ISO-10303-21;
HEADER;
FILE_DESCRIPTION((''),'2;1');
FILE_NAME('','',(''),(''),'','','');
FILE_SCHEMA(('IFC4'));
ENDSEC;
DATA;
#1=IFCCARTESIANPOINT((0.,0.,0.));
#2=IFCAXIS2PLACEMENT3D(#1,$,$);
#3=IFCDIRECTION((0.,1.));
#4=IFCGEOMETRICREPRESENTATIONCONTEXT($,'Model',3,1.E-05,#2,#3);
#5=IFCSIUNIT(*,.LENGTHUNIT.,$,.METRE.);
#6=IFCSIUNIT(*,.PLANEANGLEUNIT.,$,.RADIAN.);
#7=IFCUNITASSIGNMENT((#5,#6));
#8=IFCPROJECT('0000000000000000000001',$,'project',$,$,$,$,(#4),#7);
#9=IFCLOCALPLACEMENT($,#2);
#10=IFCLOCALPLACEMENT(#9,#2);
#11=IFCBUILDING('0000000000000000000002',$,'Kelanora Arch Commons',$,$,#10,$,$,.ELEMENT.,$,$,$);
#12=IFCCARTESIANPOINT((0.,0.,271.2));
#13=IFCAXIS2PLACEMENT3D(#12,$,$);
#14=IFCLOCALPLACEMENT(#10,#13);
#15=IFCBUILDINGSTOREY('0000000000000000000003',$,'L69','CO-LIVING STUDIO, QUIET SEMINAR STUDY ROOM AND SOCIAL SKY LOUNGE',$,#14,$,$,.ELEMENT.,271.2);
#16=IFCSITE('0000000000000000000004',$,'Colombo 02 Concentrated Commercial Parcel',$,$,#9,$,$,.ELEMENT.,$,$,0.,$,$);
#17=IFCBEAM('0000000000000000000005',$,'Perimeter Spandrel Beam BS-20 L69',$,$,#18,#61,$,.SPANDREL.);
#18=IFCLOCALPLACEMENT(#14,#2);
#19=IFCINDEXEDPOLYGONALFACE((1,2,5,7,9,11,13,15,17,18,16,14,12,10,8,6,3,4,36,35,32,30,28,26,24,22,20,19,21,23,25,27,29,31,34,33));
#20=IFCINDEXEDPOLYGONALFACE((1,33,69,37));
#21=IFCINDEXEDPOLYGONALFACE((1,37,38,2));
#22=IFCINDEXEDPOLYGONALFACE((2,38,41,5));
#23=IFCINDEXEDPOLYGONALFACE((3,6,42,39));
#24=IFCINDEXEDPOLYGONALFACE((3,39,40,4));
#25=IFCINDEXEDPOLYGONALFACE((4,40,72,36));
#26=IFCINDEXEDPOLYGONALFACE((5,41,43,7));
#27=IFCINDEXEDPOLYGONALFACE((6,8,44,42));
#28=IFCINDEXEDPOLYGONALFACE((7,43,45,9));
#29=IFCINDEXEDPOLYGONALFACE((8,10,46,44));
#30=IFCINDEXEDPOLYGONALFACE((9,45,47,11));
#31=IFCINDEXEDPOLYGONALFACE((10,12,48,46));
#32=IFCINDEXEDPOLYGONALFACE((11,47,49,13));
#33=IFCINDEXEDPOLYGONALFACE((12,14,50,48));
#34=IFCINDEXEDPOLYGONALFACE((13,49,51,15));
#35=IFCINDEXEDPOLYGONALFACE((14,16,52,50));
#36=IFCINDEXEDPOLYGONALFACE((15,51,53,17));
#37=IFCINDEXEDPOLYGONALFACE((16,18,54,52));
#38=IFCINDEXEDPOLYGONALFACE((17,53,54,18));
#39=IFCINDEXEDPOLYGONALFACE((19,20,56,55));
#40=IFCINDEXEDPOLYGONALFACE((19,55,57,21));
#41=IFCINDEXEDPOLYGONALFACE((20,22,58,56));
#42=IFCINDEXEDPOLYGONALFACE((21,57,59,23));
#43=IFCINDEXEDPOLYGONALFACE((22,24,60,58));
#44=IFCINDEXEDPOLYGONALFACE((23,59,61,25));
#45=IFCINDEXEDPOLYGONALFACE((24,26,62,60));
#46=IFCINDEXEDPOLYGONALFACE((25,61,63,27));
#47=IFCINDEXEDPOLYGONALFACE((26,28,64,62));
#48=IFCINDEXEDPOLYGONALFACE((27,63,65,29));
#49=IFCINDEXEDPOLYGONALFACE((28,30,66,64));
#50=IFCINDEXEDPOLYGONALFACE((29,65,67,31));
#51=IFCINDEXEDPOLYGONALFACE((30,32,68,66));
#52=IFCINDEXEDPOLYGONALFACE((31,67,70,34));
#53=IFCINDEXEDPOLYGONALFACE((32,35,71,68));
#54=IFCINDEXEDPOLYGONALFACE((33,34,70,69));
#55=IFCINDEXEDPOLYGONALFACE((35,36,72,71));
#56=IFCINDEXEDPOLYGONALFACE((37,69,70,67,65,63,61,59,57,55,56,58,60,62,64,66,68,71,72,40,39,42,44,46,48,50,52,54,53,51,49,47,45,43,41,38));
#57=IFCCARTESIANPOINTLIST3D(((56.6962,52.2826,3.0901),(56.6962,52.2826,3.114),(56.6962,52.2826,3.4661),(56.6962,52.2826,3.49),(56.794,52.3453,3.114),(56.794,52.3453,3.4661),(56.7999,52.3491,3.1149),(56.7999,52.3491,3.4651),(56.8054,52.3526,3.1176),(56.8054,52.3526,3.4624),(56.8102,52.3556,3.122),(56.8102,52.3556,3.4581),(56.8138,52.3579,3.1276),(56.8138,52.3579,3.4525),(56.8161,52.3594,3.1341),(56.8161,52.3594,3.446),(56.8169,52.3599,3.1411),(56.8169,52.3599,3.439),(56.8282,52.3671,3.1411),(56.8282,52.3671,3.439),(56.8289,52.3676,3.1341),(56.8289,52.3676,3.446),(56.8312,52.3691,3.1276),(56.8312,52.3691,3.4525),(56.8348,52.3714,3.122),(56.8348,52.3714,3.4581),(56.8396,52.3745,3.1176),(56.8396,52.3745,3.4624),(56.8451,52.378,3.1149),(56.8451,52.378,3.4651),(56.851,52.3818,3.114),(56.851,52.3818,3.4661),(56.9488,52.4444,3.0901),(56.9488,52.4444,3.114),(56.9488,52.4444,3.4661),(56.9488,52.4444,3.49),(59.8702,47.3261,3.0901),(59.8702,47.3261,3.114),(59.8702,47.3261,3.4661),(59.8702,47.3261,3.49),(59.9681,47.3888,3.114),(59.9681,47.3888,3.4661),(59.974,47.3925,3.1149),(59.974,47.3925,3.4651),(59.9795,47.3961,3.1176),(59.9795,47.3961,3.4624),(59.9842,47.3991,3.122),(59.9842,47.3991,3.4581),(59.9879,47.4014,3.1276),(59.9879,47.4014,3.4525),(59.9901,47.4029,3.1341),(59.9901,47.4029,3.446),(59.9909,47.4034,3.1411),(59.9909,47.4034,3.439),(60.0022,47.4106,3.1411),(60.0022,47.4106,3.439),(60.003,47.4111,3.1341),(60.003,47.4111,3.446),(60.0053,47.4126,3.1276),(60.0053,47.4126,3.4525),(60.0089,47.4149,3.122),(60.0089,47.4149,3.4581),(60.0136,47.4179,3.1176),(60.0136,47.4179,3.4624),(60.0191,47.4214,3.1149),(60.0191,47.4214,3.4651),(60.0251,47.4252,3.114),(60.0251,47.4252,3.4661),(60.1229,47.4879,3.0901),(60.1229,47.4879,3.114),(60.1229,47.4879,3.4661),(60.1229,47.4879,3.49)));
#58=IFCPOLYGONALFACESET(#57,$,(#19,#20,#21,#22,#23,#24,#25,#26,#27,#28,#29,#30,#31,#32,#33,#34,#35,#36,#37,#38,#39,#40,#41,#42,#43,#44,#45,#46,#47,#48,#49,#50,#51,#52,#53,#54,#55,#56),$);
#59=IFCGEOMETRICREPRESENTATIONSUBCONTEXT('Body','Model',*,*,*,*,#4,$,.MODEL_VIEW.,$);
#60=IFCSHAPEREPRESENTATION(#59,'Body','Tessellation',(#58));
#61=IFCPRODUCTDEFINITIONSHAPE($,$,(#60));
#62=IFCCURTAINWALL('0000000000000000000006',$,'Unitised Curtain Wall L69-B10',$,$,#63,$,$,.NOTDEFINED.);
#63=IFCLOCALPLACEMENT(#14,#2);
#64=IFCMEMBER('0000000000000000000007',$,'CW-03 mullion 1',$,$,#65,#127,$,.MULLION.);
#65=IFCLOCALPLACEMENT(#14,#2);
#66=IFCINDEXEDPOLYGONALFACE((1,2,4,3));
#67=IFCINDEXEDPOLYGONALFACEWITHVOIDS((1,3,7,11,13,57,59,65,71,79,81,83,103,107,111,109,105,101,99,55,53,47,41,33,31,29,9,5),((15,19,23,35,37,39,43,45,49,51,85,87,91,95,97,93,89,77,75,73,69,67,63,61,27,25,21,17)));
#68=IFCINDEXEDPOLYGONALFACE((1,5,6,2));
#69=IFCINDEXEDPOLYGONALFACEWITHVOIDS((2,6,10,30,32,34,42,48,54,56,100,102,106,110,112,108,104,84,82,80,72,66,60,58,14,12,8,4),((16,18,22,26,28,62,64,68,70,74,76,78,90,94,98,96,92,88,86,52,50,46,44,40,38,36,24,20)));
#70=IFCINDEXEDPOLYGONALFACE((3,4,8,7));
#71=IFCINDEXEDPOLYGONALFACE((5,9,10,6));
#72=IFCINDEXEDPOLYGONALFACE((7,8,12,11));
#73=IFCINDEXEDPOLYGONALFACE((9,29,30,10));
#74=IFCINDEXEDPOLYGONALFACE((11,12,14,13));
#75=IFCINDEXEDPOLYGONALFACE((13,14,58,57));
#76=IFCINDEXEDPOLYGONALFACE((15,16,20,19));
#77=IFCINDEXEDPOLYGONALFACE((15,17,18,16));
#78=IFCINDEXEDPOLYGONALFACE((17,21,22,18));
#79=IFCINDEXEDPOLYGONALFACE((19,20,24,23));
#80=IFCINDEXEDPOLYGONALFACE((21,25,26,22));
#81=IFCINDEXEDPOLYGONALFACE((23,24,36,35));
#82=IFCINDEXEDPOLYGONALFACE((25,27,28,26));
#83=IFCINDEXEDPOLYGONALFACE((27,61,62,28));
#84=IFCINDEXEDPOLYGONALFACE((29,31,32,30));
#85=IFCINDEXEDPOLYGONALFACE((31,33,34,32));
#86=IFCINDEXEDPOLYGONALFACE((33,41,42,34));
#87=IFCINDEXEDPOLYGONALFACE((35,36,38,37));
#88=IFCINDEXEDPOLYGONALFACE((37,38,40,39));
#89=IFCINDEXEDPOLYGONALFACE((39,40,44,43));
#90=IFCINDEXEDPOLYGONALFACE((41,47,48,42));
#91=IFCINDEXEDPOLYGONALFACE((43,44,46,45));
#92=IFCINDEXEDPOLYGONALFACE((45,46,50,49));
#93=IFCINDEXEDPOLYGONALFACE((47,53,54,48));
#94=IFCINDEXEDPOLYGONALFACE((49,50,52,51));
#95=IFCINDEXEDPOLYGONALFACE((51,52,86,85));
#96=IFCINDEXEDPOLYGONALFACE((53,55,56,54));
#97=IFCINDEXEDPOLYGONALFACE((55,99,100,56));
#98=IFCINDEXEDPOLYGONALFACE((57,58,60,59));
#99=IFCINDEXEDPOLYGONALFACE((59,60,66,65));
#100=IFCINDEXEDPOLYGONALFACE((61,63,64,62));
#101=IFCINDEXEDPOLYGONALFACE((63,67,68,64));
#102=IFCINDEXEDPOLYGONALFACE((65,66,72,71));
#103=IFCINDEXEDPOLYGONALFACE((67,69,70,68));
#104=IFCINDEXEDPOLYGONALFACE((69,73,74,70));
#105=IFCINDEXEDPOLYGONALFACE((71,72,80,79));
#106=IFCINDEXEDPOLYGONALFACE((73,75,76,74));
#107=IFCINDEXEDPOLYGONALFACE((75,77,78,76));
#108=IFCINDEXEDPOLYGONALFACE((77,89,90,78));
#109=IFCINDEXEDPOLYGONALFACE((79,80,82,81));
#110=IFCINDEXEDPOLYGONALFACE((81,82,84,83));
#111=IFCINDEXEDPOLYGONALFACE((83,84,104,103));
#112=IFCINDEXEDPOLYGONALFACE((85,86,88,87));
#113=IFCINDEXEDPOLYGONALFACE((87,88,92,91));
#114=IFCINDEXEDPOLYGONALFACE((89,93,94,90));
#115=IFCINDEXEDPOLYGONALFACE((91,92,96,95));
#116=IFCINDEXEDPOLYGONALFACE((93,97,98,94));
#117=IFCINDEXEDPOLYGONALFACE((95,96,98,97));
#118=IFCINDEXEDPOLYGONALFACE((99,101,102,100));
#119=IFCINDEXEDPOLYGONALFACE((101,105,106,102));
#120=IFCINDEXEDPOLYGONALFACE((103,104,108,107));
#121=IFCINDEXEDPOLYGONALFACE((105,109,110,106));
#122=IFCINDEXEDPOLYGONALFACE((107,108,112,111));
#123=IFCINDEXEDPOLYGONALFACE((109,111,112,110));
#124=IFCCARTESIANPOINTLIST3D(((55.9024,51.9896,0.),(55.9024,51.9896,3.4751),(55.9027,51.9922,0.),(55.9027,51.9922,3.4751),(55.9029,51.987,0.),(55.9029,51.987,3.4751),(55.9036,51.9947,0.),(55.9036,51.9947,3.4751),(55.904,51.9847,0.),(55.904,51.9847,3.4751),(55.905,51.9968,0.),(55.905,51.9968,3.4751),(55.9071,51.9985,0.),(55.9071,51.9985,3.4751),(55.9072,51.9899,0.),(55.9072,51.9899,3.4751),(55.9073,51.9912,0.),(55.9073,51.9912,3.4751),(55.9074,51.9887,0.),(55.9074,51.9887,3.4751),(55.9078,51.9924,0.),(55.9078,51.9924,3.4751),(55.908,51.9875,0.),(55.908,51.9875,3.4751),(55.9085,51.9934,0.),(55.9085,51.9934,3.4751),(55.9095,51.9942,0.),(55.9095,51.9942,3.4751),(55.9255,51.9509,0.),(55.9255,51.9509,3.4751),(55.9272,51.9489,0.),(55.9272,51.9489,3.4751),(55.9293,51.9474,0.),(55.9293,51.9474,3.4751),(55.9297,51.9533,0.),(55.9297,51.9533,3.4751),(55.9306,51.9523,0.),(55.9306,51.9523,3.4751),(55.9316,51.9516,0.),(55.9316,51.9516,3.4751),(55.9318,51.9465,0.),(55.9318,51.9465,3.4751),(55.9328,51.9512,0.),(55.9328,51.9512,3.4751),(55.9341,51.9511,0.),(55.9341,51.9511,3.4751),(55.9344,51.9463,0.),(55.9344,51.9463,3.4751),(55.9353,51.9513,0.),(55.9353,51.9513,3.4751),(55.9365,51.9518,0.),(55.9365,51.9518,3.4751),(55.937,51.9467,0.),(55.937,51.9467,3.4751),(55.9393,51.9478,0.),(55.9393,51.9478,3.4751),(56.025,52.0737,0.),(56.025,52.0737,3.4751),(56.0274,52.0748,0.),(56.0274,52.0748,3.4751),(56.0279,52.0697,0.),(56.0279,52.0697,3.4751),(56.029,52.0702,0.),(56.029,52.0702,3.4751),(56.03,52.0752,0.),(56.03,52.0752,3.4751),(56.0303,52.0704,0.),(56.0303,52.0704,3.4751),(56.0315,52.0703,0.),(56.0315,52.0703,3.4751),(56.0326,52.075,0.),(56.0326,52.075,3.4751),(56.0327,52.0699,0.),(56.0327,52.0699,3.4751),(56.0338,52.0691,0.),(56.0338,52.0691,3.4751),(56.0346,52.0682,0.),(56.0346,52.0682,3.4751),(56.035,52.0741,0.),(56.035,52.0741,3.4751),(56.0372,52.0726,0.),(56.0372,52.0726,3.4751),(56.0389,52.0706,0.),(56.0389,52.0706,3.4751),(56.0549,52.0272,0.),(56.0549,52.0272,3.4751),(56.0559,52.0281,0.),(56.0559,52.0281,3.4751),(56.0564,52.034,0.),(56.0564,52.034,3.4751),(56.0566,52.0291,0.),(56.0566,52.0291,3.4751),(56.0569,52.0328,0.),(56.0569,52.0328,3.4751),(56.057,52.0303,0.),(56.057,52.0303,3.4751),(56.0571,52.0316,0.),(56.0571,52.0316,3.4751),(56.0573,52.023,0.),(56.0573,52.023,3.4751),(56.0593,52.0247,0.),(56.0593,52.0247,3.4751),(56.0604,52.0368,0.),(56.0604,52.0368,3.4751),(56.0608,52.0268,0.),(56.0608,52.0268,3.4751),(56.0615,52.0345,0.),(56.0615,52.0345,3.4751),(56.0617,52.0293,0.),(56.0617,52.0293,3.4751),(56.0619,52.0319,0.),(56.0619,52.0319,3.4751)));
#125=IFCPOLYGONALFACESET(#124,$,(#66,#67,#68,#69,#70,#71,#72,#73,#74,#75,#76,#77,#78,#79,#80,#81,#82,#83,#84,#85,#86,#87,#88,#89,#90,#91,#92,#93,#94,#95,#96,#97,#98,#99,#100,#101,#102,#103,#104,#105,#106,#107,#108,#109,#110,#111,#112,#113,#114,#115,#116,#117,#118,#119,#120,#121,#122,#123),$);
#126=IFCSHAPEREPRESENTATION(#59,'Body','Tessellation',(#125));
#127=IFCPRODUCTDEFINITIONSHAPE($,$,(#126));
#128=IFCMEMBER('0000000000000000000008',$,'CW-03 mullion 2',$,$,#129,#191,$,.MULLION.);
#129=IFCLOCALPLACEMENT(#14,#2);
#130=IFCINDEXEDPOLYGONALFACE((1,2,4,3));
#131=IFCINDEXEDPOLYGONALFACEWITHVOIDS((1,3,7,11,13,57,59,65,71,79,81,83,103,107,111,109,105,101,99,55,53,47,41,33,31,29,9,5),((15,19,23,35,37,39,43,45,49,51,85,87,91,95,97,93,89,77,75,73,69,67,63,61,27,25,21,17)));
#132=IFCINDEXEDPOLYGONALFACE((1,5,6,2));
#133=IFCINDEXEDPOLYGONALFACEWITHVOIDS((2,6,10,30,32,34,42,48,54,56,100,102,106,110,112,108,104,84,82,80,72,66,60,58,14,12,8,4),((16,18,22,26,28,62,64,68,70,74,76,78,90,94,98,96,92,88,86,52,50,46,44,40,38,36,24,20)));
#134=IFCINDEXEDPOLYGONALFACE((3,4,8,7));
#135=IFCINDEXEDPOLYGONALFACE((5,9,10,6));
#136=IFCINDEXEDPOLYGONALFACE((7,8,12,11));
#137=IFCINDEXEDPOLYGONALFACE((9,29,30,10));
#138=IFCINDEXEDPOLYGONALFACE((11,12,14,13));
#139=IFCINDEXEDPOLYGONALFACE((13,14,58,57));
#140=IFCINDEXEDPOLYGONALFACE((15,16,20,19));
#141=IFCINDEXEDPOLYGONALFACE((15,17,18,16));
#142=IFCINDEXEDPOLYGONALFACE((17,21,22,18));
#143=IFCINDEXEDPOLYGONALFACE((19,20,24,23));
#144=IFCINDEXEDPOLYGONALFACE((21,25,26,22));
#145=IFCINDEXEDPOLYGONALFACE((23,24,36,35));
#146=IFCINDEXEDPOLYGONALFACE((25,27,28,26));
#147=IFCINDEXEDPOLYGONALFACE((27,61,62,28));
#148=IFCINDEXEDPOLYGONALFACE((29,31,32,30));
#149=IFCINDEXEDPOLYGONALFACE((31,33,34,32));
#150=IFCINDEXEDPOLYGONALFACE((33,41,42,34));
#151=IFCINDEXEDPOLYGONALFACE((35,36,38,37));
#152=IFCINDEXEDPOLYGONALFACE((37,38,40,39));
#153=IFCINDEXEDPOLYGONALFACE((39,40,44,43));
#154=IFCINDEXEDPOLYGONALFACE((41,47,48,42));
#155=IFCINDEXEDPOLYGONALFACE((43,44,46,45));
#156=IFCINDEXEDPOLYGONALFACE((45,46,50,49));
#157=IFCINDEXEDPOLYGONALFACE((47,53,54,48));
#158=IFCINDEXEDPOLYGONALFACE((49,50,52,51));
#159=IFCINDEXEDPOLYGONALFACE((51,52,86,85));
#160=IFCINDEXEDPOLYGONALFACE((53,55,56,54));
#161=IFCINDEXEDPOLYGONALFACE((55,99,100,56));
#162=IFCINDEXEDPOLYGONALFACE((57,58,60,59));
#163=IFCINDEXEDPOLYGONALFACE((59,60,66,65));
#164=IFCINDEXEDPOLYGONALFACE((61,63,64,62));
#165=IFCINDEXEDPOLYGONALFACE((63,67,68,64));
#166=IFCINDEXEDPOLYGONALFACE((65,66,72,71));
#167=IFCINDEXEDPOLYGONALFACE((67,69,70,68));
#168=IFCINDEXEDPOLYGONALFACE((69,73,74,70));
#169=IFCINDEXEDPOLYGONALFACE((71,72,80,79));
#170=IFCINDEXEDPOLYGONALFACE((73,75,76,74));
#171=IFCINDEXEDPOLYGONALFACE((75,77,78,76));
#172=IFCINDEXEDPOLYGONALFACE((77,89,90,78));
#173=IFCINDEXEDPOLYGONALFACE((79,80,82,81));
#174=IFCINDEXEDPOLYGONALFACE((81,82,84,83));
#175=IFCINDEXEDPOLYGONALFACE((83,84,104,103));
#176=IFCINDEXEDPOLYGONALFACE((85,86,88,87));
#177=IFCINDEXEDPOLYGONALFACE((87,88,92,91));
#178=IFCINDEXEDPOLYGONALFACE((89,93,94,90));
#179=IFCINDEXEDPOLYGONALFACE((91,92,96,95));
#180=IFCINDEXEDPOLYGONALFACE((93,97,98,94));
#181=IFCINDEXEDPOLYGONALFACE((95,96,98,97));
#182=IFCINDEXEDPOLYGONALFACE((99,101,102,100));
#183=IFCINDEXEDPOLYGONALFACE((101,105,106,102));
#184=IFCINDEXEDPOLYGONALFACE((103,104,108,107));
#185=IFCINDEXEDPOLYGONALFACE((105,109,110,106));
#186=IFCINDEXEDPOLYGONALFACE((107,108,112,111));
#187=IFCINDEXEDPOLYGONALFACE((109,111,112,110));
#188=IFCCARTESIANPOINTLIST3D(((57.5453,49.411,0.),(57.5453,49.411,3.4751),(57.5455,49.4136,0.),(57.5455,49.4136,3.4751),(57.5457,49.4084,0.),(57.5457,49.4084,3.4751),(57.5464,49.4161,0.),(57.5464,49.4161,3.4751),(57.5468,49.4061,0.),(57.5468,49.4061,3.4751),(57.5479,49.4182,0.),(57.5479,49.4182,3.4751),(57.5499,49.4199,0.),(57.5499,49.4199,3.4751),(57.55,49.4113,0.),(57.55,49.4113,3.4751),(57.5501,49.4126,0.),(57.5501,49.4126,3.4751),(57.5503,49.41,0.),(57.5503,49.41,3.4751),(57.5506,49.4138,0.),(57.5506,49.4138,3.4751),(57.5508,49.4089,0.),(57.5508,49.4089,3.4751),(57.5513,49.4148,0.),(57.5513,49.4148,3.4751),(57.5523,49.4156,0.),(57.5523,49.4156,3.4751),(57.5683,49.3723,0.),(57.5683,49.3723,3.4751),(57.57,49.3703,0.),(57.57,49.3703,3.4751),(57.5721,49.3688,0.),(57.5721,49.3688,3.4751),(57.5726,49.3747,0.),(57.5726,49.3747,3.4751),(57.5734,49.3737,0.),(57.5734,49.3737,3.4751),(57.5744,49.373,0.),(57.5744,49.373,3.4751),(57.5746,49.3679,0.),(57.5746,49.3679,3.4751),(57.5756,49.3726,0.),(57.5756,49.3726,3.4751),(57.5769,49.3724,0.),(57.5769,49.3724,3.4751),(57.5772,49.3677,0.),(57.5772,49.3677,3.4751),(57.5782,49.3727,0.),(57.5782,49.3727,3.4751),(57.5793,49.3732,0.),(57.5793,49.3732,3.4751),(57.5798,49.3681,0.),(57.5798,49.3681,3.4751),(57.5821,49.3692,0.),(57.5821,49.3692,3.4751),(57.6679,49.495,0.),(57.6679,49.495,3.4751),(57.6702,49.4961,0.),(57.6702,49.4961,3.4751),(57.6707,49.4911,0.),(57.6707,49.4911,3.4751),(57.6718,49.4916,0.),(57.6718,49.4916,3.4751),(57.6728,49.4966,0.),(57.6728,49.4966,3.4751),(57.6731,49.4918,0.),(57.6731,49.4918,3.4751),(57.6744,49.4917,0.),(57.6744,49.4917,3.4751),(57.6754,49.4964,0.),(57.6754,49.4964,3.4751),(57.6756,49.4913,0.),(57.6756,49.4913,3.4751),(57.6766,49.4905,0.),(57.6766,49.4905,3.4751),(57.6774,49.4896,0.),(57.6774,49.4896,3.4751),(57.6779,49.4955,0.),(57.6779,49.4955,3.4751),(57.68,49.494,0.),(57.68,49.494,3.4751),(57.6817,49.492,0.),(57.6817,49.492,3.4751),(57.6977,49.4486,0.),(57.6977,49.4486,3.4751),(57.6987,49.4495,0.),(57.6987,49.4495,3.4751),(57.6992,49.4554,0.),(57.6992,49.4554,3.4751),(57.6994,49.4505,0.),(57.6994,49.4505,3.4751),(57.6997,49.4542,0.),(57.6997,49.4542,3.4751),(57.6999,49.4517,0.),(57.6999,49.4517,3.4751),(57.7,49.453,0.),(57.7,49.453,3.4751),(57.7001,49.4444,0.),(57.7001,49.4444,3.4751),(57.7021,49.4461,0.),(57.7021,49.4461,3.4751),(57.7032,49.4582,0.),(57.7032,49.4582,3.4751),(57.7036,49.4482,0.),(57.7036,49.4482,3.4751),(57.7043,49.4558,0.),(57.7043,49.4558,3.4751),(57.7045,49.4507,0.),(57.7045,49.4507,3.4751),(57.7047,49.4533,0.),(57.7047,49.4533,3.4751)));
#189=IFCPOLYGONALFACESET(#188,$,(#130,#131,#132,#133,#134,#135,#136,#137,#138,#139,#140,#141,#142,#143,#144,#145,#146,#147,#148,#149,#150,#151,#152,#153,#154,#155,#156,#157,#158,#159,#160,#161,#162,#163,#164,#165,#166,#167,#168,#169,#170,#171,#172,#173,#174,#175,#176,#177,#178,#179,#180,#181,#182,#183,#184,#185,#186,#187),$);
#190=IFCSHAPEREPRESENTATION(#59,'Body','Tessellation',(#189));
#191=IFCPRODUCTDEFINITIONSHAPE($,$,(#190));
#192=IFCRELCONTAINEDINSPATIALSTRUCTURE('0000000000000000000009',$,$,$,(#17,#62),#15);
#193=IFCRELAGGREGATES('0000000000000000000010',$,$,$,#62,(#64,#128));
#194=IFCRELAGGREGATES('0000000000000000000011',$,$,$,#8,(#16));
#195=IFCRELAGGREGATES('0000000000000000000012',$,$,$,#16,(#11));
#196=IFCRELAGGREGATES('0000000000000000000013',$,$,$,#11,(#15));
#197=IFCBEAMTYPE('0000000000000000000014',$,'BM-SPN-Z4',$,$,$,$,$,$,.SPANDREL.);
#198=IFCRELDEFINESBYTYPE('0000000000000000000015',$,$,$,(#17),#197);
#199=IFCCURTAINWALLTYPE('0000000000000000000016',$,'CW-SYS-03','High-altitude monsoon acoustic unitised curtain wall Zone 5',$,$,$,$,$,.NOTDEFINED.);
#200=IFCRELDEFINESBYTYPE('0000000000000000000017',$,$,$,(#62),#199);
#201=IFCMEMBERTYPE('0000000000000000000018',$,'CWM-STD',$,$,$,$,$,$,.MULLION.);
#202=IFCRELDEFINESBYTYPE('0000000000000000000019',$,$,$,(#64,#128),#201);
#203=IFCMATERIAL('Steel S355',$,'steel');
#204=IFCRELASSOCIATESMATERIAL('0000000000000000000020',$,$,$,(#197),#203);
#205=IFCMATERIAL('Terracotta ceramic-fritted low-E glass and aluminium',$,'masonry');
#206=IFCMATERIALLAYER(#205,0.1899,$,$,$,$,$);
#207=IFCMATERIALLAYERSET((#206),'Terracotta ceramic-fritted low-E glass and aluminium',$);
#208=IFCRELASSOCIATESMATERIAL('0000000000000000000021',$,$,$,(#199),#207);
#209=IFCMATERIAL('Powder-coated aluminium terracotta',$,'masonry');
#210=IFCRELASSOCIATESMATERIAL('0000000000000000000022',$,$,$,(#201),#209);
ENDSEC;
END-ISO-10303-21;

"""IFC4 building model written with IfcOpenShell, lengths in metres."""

from ifc_helpers import new_model, si_unit, direction, frame, origin, origin_2d, place, context, subcontext, project, spatial, hollow_rectangle, i_section, extrude, material, layer, layer_set, material_profile, profile_set, type_object, element, aggregate, save


model = new_model("IFC4")

# Units and contexts
model_context = context("Model", 3, precision=1e-05, world=origin(), true_north=direction((0.0, 1.0)))
body_context = subcontext(model_context, "Body", "Model", "MODEL_VIEW")
ifc_project = project(units=[si_unit("LENGTHUNIT", "METRE"), si_unit("PLANEANGLEUNIT", "RADIAN")], contexts=[model_context])

# Site, building, storey
site_placement = place(None, origin())
site = spatial("IfcSite", under=ifc_project, at=site_placement, Name="Colombo 02 Concentrated Commercial Parcel", CompositionType="ELEMENT", RefElevation=0.0)
building_placement = place(site_placement, origin())
building = spatial("IfcBuilding", under=site, at=building_placement, Name="Kelanora Arch Commons", CompositionType="ELEMENT")
storey_placement = place(building_placement, frame((0.0, 0.0, 271.2)))
storey = spatial("IfcBuildingStorey", under=building, at=storey_placement, Name="L69", Description="CO-LIVING STUDIO, QUIET SEMINAR STUDY ROOM AND SOCIAL SKY LOUNGE", CompositionType="ELEMENT", Elevation=271.2)

# Beam
ifc_material_1 = material(Name="Steel S355", Category="steel")
ifc_material_profile_1 = material_profile(ifc_material_1, i_section(OverallWidth=0.3, OverallDepth=0.3999, WebThickness=0.0134, FlangeThickness=0.0239, FilletRadius=0.0271, at=origin_2d()), Name="HEB400")
ifc_profile_set_1 = profile_set([ifc_material_profile_1], Name="Steel S355")
beam_type_1 = type_object("IfcBeamType", Name="BM-SPN-Z4", PredefinedType="SPANDREL", material=ifc_profile_set_1)
beam_1_placement = place(storey_placement, frame((56.8225, 52.3635, 3.29), z_axis=(0.539281, -0.842126, 0.0), x_axis=(0.842126, 0.539281, 0.0)))
element("IfcBeam", 1, at=beam_1_placement, inside=storey, type_object=beam_type_1, Name="Perimeter Spandrel Beam BS-20 L69", PredefinedType="SPANDREL", context=body_context, shape_type="SweptSolid", body=[
    extrude(i_section(OverallWidth=0.3, OverallDepth=0.3999, WebThickness=0.0134, FlangeThickness=0.0239, FilletRadius=0.0271, at=origin_2d()), origin(), (0.0, 0.0, 1.0), 5.8857),
])

# Curtain wall, members
ifc_material_2 = material(Name="Terracotta ceramic-fritted low-E glass and aluminium", Category="masonry")
ifc_layer_1 = layer(ifc_material_2, 0.1899)
ifc_layer_set_1 = layer_set([ifc_layer_1], Name="Terracotta ceramic-fritted low-E glass and aluminium")
curtain_wall_type = type_object("IfcCurtainWallType", Name="CW-SYS-03", Description="High-altitude monsoon acoustic unitised curtain wall Zone 5", PredefinedType="NOTDEFINED", material=ifc_layer_set_1)
curtain_wall_placement = place(storey_placement, origin())
curtain_wall = element("IfcCurtainWall", 2, at=curtain_wall_placement, inside=storey, type_object=curtain_wall_type, Name="Unitised Curtain Wall L69-B10", PredefinedType="NOTDEFINED")
ifc_material_3 = material(Name="Powder-coated aluminium terracotta", Category="masonry")
ifc_material_profile_2 = material_profile(ifc_material_3, hollow_rectangle(XDim=0.1599, YDim=0.0601, WallThickness=0.0049, InnerFilletRadius=0.0049, OuterFilletRadius=0.01, at=origin_2d()), Name="CWM160x60")
ifc_profile_set_2 = profile_set([ifc_material_profile_2], Name="Powder-coated aluminium terracotta")
member_type_1 = type_object("IfcMemberType", Name="CWM-STD", PredefinedType="MULLION", material=ifc_profile_set_2)
member_1_placement = place(storey_placement, frame((55.9822, 52.0107, 0.0), z_axis=(0.0, 0.0, 1.0), x_axis=(0.843391, 0.5373, 0.0)))
member_1 = element("IfcMember", 3, at=member_1_placement, type_object=member_type_1, Name="CW-03 mullion 1", PredefinedType="MULLION", context=body_context, shape_type="SweptSolid", body=[
    extrude(hollow_rectangle(XDim=0.1599, YDim=0.0601, WallThickness=0.0049, InnerFilletRadius=0.0049, OuterFilletRadius=0.01, at=origin_2d()), origin(), (0.0, 0.0, 1.0), 3.4751),
])
member_2_placement = place(storey_placement, frame((57.625, 49.4321, 0.0), z_axis=(0.0, 0.0, 1.0), x_axis=(0.843391, 0.5373, 0.0)))
member_2 = element("IfcMember", 4, at=member_2_placement, type_object=member_type_1, Name="CW-03 mullion 2", PredefinedType="MULLION", context=body_context, shape_type="SweptSolid", body=[
    extrude(hollow_rectangle(XDim=0.1599, YDim=0.0601, WallThickness=0.0049, InnerFilletRadius=0.0049, OuterFilletRadius=0.01, at=origin_2d()), origin(), (0.0, 0.0, 1.0), 3.4751),
])

aggregate(curtain_wall, [member_1, member_2])

save(model, "model.ifc")
